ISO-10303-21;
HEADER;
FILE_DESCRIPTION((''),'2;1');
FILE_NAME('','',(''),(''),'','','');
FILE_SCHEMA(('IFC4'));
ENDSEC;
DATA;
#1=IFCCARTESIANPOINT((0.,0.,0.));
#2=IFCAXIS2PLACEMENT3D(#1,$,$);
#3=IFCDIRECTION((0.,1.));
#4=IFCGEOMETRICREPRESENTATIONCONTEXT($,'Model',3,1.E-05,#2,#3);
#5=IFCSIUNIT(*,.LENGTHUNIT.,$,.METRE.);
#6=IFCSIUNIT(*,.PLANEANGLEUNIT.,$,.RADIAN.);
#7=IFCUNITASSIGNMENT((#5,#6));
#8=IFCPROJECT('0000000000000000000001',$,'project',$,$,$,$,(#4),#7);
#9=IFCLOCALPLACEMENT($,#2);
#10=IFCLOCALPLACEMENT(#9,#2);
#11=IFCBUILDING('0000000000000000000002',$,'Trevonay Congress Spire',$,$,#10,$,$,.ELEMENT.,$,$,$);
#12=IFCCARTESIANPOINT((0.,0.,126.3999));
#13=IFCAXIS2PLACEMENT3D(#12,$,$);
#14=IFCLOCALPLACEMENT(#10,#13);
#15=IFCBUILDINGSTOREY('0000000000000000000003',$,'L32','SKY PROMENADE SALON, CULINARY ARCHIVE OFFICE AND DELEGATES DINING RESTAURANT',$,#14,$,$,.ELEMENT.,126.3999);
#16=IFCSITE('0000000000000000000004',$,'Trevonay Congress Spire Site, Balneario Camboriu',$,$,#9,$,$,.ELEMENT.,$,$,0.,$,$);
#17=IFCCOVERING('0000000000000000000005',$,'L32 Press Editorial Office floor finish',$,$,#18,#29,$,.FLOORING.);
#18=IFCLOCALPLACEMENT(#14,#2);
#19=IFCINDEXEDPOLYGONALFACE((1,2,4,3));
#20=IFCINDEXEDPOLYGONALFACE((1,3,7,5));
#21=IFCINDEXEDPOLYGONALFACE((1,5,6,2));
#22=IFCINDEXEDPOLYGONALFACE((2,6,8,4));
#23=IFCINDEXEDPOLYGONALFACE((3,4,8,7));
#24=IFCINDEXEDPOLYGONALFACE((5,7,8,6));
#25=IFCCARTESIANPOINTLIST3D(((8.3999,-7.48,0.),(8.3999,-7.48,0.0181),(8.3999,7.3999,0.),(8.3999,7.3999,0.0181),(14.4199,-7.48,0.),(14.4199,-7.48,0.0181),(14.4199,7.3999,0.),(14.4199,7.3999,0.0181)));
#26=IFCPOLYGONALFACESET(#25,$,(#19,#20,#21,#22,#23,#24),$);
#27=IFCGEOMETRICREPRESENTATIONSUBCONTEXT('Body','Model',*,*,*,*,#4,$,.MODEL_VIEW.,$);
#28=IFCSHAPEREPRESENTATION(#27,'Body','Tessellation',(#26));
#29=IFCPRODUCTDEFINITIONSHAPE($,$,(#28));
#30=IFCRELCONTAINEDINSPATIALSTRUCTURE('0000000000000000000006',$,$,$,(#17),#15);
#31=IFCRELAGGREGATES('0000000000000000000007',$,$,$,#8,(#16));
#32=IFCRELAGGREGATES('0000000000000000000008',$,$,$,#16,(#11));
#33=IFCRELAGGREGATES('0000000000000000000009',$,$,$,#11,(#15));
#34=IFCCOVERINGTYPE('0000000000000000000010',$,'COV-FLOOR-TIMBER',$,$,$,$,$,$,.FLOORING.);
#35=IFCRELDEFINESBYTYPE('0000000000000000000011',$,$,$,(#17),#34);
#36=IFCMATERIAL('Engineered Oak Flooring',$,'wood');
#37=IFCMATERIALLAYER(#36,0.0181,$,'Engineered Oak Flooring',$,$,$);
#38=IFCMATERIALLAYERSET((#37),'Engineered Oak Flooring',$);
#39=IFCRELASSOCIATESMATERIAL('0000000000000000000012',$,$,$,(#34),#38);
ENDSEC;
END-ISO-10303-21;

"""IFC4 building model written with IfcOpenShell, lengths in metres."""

from ifc_helpers import new_model, si_unit, direction, frame, origin, place, context, subcontext, project, spatial, polyline, outline, extrude, material, layer, layer_set, type_object, element, save


model = new_model("IFC4")

# Units and contexts
model_context = context("Model", 3, precision=1e-05, world=origin(), true_north=direction((0.0, 1.0)))
body_context = subcontext(model_context, "Body", "Model", "MODEL_VIEW")
ifc_project = project(units=[si_unit("LENGTHUNIT", "METRE"), si_unit("PLANEANGLEUNIT", "RADIAN")], contexts=[model_context])

# Site, building, storey
site_placement = place(None, origin())
site = spatial("IfcSite", under=ifc_project, at=site_placement, Name="Trevonay Congress Spire Site, Balneario Camboriu", CompositionType="ELEMENT", RefElevation=0.0)
building_placement = place(site_placement, origin())
building = spatial("IfcBuilding", under=site, at=building_placement, Name="Trevonay Congress Spire", CompositionType="ELEMENT")
storey_placement = place(building_placement, frame((0.0, 0.0, 126.3999)))
storey = spatial("IfcBuildingStorey", under=building, at=storey_placement, Name="L32", Description="SKY PROMENADE SALON, CULINARY ARCHIVE OFFICE AND DELEGATES DINING RESTAURANT", CompositionType="ELEMENT", Elevation=126.3999)

# Covering
ifc_material_1 = material(Name="Engineered Oak Flooring", Category="wood")
ifc_layer_1 = layer(ifc_material_1, 0.0181, Name="Engineered Oak Flooring")
ifc_layer_set_1 = layer_set([ifc_layer_1], Name="Engineered Oak Flooring")
covering_type_1 = type_object("IfcCoveringType", Name="COV-FLOOR-TIMBER", PredefinedType="FLOORING", material=ifc_layer_set_1)
covering_1_placement = place(storey_placement, origin())
element("IfcCovering", 1, at=covering_1_placement, inside=storey, type_object=covering_type_1, Name="L32 Press Editorial Office floor finish", PredefinedType="FLOORING", context=body_context, shape_type="SweptSolid", body=[
    extrude(outline(polyline([(8.3999, -7.48), (14.4199, -7.48), (14.4199, 7.3999), (8.3999, 7.3999), (8.3999, -7.48)])), origin(), (0.0, 0.0, 1.0), 0.0181),
])

save(model, "model.ifc")
